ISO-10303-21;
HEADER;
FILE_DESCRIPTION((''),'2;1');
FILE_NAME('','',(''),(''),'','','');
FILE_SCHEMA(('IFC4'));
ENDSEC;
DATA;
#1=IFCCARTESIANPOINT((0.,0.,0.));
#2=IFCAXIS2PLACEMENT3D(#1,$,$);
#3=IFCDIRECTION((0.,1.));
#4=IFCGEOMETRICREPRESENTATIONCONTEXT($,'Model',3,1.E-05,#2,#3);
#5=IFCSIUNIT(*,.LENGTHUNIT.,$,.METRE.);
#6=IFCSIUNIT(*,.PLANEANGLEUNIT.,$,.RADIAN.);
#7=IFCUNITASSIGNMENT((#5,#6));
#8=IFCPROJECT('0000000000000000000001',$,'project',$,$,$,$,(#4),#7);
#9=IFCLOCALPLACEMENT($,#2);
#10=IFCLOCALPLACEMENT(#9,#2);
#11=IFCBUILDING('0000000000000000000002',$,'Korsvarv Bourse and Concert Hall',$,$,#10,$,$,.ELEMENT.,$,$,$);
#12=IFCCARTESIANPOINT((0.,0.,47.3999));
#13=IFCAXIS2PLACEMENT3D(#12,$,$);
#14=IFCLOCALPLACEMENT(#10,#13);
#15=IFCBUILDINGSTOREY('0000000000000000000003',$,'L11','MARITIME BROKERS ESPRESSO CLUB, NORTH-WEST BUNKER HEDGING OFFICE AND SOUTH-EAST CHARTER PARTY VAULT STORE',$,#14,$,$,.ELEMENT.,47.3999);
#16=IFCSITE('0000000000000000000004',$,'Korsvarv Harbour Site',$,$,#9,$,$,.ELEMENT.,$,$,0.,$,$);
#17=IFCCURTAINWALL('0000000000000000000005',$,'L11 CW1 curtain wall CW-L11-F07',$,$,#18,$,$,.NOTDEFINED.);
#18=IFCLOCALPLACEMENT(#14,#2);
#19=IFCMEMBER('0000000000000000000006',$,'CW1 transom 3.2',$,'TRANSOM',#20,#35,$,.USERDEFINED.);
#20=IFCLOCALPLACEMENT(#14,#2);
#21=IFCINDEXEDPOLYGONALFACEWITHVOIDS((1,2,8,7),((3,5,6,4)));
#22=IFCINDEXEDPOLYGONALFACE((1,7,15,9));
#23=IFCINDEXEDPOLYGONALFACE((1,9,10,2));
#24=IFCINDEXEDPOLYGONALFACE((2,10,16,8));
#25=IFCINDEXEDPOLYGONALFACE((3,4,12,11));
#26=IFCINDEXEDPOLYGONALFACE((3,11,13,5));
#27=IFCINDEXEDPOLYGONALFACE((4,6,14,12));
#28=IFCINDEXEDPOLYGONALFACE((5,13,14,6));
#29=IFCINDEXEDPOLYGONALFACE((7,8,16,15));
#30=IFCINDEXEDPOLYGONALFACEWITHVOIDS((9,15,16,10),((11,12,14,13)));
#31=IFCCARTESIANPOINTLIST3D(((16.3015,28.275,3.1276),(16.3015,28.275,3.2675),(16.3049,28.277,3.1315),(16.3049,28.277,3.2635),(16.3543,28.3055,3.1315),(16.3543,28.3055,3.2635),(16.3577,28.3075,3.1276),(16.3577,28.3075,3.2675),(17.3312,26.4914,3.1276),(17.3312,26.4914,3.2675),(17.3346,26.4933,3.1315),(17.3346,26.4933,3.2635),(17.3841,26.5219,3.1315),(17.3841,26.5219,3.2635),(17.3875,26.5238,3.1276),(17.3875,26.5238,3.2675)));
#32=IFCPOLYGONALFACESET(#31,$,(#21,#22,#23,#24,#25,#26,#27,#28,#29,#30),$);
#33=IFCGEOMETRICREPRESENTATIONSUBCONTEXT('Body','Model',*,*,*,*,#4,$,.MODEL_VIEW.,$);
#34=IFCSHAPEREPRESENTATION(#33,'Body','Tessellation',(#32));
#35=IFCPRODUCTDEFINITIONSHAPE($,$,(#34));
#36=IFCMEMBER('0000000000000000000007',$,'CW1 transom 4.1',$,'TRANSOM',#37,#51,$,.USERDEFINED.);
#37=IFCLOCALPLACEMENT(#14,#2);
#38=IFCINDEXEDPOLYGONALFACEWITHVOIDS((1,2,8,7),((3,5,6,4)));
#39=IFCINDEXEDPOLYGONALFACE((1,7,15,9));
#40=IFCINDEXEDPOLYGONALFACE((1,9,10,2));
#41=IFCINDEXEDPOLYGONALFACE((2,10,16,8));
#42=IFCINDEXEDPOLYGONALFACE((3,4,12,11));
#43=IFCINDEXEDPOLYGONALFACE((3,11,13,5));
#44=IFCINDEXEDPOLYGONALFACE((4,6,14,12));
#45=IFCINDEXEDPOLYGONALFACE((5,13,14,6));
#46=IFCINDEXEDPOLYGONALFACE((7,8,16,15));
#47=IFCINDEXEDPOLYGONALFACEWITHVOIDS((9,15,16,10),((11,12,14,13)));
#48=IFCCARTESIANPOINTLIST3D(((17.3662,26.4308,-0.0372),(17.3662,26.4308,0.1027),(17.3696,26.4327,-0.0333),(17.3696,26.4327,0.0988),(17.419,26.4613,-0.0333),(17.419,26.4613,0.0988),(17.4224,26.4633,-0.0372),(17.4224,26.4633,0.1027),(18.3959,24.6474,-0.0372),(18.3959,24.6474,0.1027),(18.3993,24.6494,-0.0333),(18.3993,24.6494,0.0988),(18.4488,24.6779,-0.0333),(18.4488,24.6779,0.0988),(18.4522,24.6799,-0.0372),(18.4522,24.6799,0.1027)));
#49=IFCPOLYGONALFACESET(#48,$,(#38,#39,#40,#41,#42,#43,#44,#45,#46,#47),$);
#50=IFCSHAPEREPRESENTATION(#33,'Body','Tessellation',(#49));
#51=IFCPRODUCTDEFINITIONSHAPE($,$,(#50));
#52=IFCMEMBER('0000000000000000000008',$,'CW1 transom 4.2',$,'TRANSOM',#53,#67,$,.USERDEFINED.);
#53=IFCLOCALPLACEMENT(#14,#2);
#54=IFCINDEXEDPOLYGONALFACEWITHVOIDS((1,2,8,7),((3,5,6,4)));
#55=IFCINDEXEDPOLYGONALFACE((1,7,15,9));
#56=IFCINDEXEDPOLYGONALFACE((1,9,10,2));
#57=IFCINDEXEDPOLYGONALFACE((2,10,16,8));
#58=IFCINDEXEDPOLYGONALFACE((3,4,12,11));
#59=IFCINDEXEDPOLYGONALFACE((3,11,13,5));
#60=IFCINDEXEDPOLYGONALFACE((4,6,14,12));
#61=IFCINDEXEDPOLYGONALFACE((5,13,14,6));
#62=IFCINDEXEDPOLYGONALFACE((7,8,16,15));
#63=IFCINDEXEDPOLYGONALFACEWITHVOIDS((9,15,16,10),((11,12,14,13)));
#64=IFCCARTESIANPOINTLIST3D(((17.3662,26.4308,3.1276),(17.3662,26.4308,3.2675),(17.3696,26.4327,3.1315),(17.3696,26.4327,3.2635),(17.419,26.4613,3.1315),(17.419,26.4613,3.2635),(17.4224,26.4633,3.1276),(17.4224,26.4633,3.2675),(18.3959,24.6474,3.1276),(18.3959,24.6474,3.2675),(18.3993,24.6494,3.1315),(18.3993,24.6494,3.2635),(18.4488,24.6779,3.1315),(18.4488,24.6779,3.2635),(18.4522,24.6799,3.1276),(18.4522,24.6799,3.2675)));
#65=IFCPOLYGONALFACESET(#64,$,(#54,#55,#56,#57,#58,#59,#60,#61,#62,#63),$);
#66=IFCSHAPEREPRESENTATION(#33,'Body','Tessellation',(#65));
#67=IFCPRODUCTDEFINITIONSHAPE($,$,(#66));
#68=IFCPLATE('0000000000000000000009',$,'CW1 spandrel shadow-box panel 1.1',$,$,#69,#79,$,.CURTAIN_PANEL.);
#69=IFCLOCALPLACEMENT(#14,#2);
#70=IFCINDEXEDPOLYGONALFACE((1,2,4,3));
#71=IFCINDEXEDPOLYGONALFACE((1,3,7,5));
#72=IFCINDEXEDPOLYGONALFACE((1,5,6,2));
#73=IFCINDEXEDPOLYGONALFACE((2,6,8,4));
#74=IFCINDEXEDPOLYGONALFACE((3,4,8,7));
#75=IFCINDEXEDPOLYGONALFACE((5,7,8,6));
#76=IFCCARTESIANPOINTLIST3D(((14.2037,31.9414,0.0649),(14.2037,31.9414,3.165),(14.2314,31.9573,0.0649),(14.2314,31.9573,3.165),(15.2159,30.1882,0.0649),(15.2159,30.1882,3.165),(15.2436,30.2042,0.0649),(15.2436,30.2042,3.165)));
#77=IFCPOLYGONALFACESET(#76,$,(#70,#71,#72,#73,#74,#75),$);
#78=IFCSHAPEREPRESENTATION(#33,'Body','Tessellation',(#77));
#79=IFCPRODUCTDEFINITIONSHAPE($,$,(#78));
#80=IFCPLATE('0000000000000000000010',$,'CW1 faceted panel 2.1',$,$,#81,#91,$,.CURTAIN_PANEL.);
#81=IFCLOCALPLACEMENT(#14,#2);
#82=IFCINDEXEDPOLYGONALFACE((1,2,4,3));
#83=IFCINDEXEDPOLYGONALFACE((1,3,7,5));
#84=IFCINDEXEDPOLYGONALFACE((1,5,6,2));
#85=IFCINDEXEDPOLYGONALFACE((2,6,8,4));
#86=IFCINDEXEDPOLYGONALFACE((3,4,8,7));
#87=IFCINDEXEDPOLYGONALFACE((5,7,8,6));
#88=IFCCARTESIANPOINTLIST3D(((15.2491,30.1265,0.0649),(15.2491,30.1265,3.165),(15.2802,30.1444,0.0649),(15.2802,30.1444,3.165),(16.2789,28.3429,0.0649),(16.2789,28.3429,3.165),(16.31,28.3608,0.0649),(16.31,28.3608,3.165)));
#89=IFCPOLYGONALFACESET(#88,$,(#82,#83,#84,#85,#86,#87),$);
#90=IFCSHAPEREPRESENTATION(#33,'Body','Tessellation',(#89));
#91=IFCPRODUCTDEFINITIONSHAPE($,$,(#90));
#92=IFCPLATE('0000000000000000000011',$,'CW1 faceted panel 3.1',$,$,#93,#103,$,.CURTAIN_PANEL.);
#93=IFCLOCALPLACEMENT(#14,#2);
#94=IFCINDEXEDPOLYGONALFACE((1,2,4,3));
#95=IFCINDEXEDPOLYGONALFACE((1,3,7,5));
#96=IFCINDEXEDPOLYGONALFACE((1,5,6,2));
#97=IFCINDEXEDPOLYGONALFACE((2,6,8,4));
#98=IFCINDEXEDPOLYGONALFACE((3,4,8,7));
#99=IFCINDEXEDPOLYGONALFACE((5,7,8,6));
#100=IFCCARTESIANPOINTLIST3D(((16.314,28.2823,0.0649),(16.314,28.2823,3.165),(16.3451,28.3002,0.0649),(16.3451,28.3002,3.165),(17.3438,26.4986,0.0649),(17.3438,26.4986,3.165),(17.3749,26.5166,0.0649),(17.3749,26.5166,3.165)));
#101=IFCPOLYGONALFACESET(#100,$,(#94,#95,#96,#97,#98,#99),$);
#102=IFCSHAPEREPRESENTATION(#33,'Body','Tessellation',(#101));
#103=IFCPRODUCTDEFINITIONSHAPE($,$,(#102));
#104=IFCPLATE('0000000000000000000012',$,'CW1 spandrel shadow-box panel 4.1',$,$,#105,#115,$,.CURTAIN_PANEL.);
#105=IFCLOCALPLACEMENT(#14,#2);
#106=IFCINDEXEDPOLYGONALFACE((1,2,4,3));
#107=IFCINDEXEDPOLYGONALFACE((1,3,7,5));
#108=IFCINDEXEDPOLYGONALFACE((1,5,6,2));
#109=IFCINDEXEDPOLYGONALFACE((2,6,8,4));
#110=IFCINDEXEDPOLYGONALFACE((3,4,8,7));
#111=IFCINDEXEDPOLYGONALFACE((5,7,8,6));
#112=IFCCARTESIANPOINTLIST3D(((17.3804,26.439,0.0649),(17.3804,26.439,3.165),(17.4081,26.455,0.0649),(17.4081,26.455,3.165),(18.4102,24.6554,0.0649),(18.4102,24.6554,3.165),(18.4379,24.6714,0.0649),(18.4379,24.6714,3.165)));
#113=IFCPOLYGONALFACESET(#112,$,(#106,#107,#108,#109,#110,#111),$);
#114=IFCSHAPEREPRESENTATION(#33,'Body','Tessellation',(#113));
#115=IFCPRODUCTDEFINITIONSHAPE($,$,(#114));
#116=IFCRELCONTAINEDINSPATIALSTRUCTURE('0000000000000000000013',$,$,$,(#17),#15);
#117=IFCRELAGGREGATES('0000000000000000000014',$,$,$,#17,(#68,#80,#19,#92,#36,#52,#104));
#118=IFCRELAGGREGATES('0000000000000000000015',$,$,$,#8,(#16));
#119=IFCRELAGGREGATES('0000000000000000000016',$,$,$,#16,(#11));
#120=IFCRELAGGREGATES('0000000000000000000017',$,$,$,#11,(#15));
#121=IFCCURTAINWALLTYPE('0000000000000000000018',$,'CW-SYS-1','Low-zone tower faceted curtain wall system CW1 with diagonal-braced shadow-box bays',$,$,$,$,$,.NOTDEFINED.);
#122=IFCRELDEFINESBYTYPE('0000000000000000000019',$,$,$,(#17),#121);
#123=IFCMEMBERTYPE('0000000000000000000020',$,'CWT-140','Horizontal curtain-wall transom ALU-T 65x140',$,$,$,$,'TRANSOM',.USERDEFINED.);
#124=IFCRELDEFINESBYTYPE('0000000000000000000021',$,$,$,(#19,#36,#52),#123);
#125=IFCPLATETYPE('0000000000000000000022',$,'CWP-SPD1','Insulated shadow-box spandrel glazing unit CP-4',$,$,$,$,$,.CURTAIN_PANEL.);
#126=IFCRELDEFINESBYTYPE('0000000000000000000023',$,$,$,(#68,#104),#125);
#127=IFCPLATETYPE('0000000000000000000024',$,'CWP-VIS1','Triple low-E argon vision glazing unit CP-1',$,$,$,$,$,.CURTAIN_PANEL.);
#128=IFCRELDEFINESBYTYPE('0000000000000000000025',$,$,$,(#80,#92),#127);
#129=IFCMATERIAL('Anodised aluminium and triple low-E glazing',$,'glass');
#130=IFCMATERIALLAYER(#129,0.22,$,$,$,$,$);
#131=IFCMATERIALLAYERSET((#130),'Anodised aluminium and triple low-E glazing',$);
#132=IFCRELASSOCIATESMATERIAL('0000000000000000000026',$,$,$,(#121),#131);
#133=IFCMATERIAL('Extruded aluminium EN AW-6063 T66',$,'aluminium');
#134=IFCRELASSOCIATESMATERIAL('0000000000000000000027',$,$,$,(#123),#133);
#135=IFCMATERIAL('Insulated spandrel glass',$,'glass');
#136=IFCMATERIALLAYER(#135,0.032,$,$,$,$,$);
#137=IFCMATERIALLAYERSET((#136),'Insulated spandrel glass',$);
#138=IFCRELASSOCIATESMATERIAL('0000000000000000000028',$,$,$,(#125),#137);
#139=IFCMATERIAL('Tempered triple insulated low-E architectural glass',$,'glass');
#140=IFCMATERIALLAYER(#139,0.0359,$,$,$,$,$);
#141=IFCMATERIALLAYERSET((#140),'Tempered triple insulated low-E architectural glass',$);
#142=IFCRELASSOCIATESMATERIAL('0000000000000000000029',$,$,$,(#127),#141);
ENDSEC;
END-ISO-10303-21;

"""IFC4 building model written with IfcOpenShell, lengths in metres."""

from ifc_helpers import new_model, si_unit, direction, frame, origin, origin_2d, place, context, subcontext, project, spatial, rectangle, hollow_rectangle, extrude, source, transform, mapped, material, layer, layer_set, material_profile, profile_set, type_object, element, aggregate, save


model = new_model("IFC4")

# Units and contexts
model_context = context("Model", 3, precision=1e-05, world=origin(), true_north=direction((0.0, 1.0)))
body_context = subcontext(model_context, "Body", "Model", "MODEL_VIEW")
ifc_project = project(units=[si_unit("LENGTHUNIT", "METRE"), si_unit("PLANEANGLEUNIT", "RADIAN")], contexts=[model_context])

# Site, building, storey
site_placement = place(None, origin())
site = spatial("IfcSite", under=ifc_project, at=site_placement, Name="Korsvarv Harbour Site", CompositionType="ELEMENT", RefElevation=0.0)
building_placement = place(site_placement, origin())
building = spatial("IfcBuilding", under=site, at=building_placement, Name="Korsvarv Bourse and Concert Hall", CompositionType="ELEMENT")
storey_placement = place(building_placement, frame((0.0, 0.0, 47.3999)))
storey = spatial("IfcBuildingStorey", under=building, at=storey_placement, Name="L11", Description="MARITIME BROKERS ESPRESSO CLUB, NORTH-WEST BUNKER HEDGING OFFICE AND SOUTH-EAST CHARTER PARTY VAULT STORE", CompositionType="ELEMENT", Elevation=47.3999)

# Curtain wall, members, plates
ifc_material_1 = material(Name="Anodised aluminium and triple low-E glazing", Category="glass")
ifc_layer_1 = layer(ifc_material_1, 0.22)
ifc_layer_set_1 = layer_set([ifc_layer_1], Name="Anodised aluminium and triple low-E glazing")
curtain_wall_type = type_object("IfcCurtainWallType", Name="CW-SYS-1", Description="Low-zone tower faceted curtain wall system CW1 with diagonal-braced shadow-box bays", PredefinedType="NOTDEFINED", material=ifc_layer_set_1)
curtain_wall_placement = place(storey_placement, origin())
curtain_wall = element("IfcCurtainWall", 1, at=curtain_wall_placement, inside=storey, type_object=curtain_wall_type, Name="L11 CW1 curtain wall CW-L11-F07", PredefinedType="NOTDEFINED")
ifc_material_2 = material(Name="Extruded aluminium EN AW-6063 T66", Category="aluminium")
ifc_material_profile_1 = material_profile(ifc_material_2, hollow_rectangle(XDim=0.0649, YDim=0.1399, WallThickness=0.0039, at=origin_2d()), Name="ALU-T 65x140")
ifc_profile_set_1 = profile_set([ifc_material_profile_1], Name="Extruded aluminium EN AW-6063 T66")
member_type_1 = type_object("IfcMemberType", Name="CWT-140", Description="Horizontal curtain-wall transom ALU-T 65x140", ElementType="TRANSOM", PredefinedType="USERDEFINED", material=ifc_profile_set_1)
shared_shape_1 = source(origin(), body_context, "Body", "SweptSolid", [
    extrude(hollow_rectangle(XDim=0.0649, YDim=0.1399, WallThickness=0.0039, at=origin_2d()), origin(), (0.0, 0.0, 1.0), 2.0596),
])
member_1_placement = place(storey_placement, frame((16.3296, 28.2913, 3.1975), z_axis=(0.499989, -0.866032, 0.0), x_axis=(0.866032, 0.499989, 0.0)))
member_1 = element("IfcMember", 2, at=member_1_placement, type_object=member_type_1, Name="CW1 transom 3.2", ObjectType="TRANSOM", PredefinedType="USERDEFINED", context=body_context, shape_type="MappedRepresentation", body=[
    mapped(shared_shape_1, transform((0.0, 0.0, 0.0), scale=1.0)),
])
shared_shape_2 = source(origin(), body_context, "Body", "SweptSolid", [
    extrude(hollow_rectangle(XDim=0.0649, YDim=0.1399, WallThickness=0.0039, at=origin_2d()), origin(), (0.0, 0.0, 1.0), 2.0593),
])
member_2_placement = place(storey_placement, frame((17.3943, 26.447, 0.0327), z_axis=(0.500041, -0.866002, 0.0), x_axis=(0.866002, 0.500041, 0.0)))
member_2 = element("IfcMember", 3, at=member_2_placement, type_object=member_type_1, Name="CW1 transom 4.1", ObjectType="TRANSOM", PredefinedType="USERDEFINED", context=body_context, shape_type="MappedRepresentation", body=[
    mapped(shared_shape_2, transform((0.0, 0.0, 0.0), scale=1.0)),
])
member_3_placement = place(storey_placement, frame((17.3943, 26.447, 3.1975), z_axis=(0.500041, -0.866002, 0.0), x_axis=(0.866002, 0.500041, 0.0)))
member_3 = element("IfcMember", 4, at=member_3_placement, type_object=member_type_1, Name="CW1 transom 4.2", ObjectType="TRANSOM", PredefinedType="USERDEFINED", context=body_context, shape_type="MappedRepresentation", body=[
    mapped(shared_shape_2, transform((0.0, 0.0, 0.0), scale=1.0)),
])
ifc_material_3 = material(Name="Insulated spandrel glass", Category="glass")
ifc_layer_2 = layer(ifc_material_3, 0.032)
ifc_layer_set_2 = layer_set([ifc_layer_2], Name="Insulated spandrel glass")
plate_type_1 = type_object("IfcPlateType", Name="CWP-SPD1", Description="Insulated shadow-box spandrel glazing unit CP-4", PredefinedType="CURTAIN_PANEL", material=ifc_layer_set_2)
shared_shape_3 = source(origin(), body_context, "Body", "SweptSolid", [
    extrude(rectangle(XDim=2.0244, YDim=0.032, at=origin_2d()), origin(), (0.0, 0.0, 1.0), 3.1001),
])
plate_1_placement = place(storey_placement, frame((14.7236, 31.0728, 0.0649), z_axis=(0.0, 0.0, 1.0), x_axis=(0.5, -0.866025, 0.0)))
plate_1 = element("IfcPlate", 5, at=plate_1_placement, type_object=plate_type_1, Name="CW1 spandrel shadow-box panel 1.1", PredefinedType="CURTAIN_PANEL", context=body_context, shape_type="MappedRepresentation", body=[
    mapped(shared_shape_3, transform((0.0, 0.0, 0.0), scale=1.0)),
])
ifc_material_4 = material(Name="Tempered triple insulated low-E architectural glass", Category="glass")
ifc_layer_3 = layer(ifc_material_4, 0.0359)
ifc_layer_set_3 = layer_set([ifc_layer_3], Name="Tempered triple insulated low-E architectural glass")
plate_type_2 = type_object("IfcPlateType", Name="CWP-VIS1", Description="Triple low-E argon vision glazing unit CP-1", PredefinedType="CURTAIN_PANEL", material=ifc_layer_set_3)
shared_shape_4 = source(origin(), body_context, "Body", "SweptSolid", [
    extrude(rectangle(XDim=2.0596, YDim=0.0359, at=origin_2d()), origin(), (0.0, 0.0, 1.0), 3.1001),
])
plate_2_placement = place(storey_placement, frame((15.7795, 29.2437, 0.0649), z_axis=(0.0, 0.0, 1.0), x_axis=(0.5, -0.866025, 0.0)))
plate_2 = element("IfcPlate", 6, at=plate_2_placement, type_object=plate_type_2, Name="CW1 faceted panel 2.1", PredefinedType="CURTAIN_PANEL", context=body_context, shape_type="MappedRepresentation", body=[
    mapped(shared_shape_4, transform((0.0, 0.0, 0.0), scale=1.0)),
])
plate_3_placement = place(storey_placement, frame((16.8445, 27.3994, 0.0649), z_axis=(0.0, 0.0, 1.0), x_axis=(0.5, -0.866025, 0.0)))
plate_3 = element("IfcPlate", 7, at=plate_3_placement, type_object=plate_type_2, Name="CW1 faceted panel 3.1", PredefinedType="CURTAIN_PANEL", context=body_context, shape_type="MappedRepresentation", body=[
    mapped(shared_shape_4, transform((0.0, 0.0, 0.0), scale=1.0)),
])
shared_shape_5 = source(origin(), body_context, "Body", "SweptSolid", [
    extrude(rectangle(XDim=2.0596, YDim=0.032, at=origin_2d()), origin(), (0.0, 0.0, 1.0), 3.1001),
])
plate_4_placement = place(storey_placement, frame((17.9092, 25.5552, 0.0649), z_axis=(0.0, 0.0, 1.0), x_axis=(0.5, -0.866025, 0.0)))
plate_4 = element("IfcPlate", 8, at=plate_4_placement, type_object=plate_type_1, Name="CW1 spandrel shadow-box panel 4.1", PredefinedType="CURTAIN_PANEL", context=body_context, shape_type="MappedRepresentation", body=[
    mapped(shared_shape_5, transform((0.0, 0.0, 0.0), scale=1.0)),
])
aggregate(curtain_wall, [plate_1, plate_2, member_1, plate_3, member_2, member_3, plate_4])

save(model, "model.ifc")
